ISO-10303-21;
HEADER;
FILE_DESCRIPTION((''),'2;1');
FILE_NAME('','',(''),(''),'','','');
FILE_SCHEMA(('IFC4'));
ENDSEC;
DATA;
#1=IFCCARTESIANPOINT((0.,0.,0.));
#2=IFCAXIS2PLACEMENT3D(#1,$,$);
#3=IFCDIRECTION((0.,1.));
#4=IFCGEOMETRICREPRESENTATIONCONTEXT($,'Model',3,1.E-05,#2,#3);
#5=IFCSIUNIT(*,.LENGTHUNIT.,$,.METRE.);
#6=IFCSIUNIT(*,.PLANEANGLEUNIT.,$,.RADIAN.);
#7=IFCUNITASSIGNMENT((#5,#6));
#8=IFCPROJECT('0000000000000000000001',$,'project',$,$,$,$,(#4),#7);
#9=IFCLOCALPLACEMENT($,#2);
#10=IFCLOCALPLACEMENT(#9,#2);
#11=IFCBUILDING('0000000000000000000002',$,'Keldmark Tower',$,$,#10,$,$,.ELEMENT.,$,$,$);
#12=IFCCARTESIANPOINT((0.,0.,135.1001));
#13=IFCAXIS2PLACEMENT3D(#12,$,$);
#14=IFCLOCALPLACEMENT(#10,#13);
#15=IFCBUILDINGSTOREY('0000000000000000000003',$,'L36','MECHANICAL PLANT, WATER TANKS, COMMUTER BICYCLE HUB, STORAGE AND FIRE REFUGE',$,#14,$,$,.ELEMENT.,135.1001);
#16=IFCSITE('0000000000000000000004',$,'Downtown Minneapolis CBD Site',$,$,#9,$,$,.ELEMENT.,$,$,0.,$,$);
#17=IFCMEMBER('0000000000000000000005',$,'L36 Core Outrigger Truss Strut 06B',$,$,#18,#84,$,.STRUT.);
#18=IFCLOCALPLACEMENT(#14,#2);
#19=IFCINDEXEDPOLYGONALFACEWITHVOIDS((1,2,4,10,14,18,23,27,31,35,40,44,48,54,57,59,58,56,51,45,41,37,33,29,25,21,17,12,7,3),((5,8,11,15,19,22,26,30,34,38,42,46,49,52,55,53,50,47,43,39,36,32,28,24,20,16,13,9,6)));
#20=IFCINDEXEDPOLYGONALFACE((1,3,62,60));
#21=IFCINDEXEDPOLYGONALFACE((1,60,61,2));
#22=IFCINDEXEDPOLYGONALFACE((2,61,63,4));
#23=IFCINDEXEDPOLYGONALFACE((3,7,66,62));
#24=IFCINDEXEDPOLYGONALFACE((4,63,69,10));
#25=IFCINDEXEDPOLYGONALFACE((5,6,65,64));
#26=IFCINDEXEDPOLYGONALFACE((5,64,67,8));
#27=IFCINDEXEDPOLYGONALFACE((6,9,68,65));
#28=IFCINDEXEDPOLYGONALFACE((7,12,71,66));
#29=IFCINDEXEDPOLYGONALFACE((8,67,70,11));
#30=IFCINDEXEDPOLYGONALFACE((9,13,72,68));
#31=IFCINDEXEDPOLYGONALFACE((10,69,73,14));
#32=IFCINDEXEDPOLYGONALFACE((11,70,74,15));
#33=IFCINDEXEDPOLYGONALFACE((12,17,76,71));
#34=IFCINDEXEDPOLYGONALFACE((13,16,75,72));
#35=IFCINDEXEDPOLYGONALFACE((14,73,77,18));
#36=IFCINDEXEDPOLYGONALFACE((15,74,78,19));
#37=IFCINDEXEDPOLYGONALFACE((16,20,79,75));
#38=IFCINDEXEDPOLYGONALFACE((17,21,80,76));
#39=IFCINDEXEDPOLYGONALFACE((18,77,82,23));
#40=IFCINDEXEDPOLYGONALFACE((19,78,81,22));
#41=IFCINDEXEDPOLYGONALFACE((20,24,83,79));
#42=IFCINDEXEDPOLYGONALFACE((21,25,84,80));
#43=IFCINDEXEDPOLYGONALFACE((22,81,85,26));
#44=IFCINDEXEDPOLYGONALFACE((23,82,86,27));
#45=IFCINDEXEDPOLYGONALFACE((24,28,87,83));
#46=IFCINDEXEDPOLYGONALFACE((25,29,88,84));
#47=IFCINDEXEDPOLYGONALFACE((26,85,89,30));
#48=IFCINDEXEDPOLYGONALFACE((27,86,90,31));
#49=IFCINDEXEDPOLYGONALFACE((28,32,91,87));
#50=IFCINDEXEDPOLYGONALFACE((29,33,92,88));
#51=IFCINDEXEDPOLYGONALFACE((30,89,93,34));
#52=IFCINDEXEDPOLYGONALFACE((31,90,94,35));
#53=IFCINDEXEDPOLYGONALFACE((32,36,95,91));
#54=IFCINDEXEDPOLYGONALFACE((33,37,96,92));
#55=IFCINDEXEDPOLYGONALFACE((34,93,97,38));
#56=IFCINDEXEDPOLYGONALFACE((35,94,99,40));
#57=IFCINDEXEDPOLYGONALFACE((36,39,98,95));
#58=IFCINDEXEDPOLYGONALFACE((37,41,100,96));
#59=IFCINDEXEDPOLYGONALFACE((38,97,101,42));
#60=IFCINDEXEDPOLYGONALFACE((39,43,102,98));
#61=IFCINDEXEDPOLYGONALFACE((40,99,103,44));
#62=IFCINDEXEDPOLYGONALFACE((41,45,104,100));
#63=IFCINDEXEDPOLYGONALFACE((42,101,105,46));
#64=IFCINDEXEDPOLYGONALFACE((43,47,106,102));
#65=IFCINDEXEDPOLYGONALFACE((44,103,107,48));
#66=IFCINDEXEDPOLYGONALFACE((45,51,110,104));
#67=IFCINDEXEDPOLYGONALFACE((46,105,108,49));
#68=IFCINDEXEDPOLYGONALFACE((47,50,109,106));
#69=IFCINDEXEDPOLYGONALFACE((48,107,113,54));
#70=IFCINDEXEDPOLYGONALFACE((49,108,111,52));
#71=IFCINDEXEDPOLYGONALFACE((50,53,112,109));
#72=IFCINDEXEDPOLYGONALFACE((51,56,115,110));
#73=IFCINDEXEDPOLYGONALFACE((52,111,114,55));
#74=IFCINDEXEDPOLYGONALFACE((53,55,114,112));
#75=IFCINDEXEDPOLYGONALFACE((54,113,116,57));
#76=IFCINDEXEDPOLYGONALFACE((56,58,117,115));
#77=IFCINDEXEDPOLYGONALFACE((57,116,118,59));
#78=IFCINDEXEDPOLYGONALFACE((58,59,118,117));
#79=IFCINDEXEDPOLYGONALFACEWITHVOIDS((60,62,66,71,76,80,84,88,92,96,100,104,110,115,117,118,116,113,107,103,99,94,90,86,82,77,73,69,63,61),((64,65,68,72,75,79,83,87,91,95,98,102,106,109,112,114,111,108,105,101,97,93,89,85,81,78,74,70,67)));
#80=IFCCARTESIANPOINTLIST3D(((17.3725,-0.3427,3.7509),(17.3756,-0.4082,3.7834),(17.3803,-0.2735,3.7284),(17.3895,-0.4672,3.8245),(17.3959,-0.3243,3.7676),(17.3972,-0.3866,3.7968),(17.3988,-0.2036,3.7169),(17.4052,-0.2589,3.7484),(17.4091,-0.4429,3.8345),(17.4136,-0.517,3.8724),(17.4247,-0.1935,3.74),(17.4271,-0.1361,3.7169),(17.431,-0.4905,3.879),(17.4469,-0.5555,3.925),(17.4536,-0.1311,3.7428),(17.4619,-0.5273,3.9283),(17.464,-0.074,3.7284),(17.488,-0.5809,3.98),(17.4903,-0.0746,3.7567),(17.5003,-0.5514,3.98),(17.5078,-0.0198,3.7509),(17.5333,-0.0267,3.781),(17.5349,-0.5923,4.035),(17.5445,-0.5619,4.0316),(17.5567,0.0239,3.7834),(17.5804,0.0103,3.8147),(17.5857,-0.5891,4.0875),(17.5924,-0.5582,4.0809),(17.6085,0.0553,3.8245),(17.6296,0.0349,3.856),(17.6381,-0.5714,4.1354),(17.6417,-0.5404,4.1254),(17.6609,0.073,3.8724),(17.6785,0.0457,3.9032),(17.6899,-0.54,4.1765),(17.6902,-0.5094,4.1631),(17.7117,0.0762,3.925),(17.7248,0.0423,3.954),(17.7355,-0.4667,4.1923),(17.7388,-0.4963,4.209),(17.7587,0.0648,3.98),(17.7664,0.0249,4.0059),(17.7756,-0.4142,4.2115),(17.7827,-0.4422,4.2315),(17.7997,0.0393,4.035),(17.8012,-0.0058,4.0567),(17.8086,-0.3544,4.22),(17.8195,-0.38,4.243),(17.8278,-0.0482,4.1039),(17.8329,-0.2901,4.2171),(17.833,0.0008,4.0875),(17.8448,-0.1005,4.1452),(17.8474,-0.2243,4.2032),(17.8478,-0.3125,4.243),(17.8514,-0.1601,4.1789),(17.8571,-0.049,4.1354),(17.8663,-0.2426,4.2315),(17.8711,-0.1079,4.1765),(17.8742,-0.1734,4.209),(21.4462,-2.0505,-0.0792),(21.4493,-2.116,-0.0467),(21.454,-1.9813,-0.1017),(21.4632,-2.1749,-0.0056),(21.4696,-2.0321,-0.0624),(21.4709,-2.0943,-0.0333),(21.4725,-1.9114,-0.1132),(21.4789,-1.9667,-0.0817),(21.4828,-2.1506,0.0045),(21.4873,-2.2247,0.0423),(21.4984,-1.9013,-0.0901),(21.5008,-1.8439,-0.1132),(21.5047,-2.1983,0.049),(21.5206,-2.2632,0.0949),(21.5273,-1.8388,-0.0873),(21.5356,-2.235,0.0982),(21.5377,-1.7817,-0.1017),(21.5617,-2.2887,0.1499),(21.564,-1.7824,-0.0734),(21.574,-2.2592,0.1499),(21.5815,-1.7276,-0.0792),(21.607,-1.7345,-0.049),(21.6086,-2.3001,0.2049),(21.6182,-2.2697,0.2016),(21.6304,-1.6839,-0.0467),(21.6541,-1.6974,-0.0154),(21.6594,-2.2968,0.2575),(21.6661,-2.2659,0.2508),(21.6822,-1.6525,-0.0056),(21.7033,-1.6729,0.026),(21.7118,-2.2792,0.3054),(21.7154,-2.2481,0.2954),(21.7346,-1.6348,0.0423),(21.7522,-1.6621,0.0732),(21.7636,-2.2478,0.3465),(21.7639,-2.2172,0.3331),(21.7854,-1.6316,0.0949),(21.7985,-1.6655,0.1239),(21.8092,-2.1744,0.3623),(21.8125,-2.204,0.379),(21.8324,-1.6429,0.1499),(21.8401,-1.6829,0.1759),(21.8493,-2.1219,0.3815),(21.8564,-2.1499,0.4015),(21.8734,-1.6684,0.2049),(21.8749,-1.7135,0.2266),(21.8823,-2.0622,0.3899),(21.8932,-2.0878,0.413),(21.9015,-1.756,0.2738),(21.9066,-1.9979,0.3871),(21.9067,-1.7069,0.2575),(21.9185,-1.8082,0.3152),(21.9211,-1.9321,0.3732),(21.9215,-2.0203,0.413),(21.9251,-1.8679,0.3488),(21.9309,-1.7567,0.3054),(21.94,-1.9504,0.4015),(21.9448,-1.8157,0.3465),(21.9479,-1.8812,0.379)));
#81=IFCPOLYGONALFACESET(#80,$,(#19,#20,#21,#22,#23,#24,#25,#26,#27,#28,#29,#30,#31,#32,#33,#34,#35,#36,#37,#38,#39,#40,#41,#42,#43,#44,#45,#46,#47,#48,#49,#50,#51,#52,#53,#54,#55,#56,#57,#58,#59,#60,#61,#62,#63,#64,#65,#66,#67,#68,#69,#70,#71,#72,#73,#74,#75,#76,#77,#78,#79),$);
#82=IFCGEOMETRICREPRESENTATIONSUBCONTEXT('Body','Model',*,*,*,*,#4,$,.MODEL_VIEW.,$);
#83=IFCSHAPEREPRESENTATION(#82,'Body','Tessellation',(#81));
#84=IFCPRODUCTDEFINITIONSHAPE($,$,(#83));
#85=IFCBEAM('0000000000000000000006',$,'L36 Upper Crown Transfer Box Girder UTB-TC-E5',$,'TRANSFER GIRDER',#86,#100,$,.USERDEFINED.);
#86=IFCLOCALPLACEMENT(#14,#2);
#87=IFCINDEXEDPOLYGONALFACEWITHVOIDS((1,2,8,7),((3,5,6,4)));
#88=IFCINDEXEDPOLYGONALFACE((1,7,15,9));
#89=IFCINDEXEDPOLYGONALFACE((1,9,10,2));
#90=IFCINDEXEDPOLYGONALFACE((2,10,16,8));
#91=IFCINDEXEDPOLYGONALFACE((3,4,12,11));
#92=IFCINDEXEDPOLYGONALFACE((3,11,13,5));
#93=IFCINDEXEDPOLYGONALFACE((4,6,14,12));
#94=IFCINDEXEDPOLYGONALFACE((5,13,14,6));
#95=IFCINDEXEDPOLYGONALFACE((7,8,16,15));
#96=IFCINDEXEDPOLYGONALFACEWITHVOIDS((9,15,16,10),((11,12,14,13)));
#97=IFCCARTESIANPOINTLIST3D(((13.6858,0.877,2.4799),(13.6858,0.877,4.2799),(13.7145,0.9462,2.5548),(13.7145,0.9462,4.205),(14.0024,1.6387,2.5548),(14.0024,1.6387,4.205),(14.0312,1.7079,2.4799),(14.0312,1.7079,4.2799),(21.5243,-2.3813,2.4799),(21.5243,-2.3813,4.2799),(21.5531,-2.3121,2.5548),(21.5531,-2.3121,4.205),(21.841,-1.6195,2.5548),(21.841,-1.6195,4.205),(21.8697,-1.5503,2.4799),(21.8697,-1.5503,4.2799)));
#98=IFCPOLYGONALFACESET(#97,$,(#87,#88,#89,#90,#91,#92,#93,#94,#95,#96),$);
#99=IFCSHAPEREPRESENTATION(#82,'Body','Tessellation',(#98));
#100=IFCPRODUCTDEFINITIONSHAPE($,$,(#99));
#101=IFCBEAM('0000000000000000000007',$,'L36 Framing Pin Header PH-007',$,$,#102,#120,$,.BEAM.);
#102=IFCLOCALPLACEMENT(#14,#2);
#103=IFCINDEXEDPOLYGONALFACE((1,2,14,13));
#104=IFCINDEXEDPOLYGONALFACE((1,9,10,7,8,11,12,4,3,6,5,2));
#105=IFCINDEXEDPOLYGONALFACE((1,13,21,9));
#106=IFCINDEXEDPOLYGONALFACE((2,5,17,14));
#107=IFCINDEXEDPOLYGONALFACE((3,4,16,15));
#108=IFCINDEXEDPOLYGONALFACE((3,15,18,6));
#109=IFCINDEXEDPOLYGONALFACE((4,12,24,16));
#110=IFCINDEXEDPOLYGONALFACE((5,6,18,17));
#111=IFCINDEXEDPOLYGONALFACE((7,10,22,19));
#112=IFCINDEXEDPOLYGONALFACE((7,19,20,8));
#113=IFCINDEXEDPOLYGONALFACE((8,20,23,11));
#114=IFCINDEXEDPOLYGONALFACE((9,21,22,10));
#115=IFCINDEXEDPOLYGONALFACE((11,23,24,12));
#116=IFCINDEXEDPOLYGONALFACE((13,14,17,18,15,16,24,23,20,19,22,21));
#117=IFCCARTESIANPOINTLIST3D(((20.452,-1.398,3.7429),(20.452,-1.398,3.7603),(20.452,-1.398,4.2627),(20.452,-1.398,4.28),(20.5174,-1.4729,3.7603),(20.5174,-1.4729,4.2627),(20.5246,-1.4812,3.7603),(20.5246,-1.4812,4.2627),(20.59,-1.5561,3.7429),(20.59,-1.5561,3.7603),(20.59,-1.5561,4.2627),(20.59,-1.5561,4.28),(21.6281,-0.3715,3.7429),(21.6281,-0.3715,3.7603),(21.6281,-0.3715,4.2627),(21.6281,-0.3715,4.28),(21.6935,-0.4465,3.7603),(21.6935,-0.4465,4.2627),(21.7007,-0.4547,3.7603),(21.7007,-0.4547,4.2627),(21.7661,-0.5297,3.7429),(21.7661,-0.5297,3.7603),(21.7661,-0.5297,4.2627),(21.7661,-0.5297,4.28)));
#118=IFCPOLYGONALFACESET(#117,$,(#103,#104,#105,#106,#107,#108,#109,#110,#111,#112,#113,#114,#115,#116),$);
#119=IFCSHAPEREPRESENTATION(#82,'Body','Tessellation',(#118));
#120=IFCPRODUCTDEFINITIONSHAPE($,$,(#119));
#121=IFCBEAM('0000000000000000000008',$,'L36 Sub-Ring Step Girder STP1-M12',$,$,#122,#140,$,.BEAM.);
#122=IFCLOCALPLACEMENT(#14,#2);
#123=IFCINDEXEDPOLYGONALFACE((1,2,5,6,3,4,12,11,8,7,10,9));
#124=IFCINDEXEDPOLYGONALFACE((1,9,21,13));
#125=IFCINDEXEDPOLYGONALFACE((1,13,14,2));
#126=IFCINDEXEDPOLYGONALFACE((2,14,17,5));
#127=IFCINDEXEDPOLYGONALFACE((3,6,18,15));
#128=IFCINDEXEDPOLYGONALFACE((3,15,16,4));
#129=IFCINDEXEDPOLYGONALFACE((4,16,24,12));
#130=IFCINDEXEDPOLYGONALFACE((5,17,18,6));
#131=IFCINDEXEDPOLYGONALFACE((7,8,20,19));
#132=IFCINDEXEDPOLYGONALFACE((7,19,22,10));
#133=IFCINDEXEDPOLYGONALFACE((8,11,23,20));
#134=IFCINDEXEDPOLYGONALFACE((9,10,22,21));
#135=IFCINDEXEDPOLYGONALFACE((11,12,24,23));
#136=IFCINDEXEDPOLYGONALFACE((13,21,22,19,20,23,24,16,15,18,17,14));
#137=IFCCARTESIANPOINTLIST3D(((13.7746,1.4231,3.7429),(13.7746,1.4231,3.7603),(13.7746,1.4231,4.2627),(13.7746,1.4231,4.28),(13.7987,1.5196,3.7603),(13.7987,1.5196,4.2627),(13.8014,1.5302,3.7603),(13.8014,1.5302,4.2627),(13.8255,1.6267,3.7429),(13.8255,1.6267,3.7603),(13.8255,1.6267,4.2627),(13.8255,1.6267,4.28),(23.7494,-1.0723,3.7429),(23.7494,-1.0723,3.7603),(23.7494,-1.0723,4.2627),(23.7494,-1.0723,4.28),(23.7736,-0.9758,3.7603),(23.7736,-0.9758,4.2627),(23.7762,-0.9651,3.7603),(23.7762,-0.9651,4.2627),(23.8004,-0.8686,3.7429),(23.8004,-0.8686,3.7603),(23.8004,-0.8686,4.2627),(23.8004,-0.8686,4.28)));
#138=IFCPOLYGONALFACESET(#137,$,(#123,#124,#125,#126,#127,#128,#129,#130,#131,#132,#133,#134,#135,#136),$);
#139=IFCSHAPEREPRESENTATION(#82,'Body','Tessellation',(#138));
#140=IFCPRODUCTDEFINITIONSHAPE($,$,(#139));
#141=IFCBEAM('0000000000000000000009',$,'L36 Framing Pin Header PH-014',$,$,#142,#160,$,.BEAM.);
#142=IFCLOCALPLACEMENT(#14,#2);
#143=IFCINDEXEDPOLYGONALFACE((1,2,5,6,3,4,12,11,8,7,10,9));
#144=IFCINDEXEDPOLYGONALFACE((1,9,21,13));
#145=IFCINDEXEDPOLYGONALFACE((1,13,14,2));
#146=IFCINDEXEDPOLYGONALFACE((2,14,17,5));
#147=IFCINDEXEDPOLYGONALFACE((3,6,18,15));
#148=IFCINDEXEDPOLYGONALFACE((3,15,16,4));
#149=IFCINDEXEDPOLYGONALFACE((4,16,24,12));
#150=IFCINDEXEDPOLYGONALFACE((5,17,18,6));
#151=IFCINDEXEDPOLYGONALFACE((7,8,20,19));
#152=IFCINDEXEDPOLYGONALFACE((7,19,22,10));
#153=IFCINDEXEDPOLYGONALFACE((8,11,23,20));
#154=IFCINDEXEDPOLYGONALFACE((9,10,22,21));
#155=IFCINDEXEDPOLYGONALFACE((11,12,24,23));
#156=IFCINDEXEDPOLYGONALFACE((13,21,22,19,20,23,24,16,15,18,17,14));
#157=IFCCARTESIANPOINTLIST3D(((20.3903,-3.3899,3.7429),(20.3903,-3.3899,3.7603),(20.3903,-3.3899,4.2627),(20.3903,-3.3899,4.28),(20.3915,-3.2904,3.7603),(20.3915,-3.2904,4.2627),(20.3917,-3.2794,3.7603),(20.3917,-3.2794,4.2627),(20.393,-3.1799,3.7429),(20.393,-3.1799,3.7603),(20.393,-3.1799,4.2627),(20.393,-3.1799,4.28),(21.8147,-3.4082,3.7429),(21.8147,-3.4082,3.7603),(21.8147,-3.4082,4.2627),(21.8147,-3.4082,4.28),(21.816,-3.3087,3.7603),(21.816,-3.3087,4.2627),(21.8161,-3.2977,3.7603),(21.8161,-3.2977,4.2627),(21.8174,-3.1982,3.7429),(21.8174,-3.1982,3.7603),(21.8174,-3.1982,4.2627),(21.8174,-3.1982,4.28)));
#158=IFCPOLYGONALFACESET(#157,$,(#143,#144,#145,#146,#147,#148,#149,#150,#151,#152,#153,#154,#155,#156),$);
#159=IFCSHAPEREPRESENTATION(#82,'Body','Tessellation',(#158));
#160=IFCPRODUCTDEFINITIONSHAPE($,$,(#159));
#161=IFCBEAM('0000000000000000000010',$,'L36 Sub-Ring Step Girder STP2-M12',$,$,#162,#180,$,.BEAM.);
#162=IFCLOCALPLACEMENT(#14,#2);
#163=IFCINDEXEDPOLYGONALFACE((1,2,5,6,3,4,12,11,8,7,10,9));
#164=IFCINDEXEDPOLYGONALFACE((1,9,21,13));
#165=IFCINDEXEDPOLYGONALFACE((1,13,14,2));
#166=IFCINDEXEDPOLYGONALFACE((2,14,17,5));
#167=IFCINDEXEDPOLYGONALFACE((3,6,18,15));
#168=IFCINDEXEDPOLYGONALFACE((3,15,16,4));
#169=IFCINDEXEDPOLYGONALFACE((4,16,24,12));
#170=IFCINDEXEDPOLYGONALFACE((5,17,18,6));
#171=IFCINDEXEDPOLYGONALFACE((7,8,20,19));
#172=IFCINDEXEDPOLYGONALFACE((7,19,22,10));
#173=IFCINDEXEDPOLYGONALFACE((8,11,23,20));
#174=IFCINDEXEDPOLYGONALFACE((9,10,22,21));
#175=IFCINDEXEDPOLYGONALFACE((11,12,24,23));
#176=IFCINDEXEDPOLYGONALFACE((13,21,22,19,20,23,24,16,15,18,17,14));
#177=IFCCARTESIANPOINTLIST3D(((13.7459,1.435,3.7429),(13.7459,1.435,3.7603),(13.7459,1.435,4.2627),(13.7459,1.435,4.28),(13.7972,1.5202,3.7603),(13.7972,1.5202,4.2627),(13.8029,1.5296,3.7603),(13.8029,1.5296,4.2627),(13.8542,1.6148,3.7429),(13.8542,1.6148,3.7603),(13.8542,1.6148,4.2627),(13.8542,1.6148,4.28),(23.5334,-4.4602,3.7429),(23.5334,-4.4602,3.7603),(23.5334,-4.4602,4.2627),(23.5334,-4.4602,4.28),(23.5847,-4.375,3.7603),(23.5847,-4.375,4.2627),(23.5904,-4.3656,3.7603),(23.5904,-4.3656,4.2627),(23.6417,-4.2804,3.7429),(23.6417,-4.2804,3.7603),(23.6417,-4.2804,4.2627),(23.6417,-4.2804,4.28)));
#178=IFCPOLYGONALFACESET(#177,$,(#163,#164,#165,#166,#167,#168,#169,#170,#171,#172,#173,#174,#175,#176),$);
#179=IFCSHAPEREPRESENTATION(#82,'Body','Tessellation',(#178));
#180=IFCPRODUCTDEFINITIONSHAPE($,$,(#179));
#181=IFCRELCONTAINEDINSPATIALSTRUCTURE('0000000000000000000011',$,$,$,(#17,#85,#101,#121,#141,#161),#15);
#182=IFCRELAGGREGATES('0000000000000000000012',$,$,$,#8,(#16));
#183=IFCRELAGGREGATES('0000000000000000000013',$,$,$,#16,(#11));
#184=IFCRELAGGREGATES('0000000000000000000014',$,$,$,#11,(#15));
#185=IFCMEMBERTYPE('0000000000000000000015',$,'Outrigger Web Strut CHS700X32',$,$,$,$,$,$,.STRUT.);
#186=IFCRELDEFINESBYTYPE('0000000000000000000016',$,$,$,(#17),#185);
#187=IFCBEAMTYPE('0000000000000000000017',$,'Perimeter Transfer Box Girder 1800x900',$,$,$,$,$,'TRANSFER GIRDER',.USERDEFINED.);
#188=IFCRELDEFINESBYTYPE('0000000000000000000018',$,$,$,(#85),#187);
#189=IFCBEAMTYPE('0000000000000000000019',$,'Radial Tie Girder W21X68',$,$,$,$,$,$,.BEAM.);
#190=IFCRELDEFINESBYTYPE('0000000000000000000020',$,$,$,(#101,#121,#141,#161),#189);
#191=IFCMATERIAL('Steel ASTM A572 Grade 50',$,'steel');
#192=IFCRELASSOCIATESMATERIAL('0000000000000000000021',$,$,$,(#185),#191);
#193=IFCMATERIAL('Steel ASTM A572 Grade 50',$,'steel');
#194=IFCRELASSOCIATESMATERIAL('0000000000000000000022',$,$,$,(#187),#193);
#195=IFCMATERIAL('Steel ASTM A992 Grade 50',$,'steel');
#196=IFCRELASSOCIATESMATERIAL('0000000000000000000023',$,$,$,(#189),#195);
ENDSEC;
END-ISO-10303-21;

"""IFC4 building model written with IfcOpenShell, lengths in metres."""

from ifc_helpers import new_model, si_unit, direction, frame, origin, origin_2d, place, context, subcontext, project, spatial, hollow_rectangle, hollow_circle, i_section, extrude, material, material_profile, profile_set, type_object, element, save


model = new_model("IFC4")

# Units and contexts
model_context = context("Model", 3, precision=1e-05, world=origin(), true_north=direction((0.0, 1.0)))
body_context = subcontext(model_context, "Body", "Model", "MODEL_VIEW")
ifc_project = project(units=[si_unit("LENGTHUNIT", "METRE"), si_unit("PLANEANGLEUNIT", "RADIAN")], contexts=[model_context])

# Site, building, storey
site_placement = place(None, origin())
site = spatial("IfcSite", under=ifc_project, at=site_placement, Name="Downtown Minneapolis CBD Site", CompositionType="ELEMENT", RefElevation=0.0)
building_placement = place(site_placement, origin())
building = spatial("IfcBuilding", under=site, at=building_placement, Name="Keldmark Tower", CompositionType="ELEMENT")
storey_placement = place(building_placement, frame((0.0, 0.0, 135.1001)))
storey = spatial("IfcBuildingStorey", under=building, at=storey_placement, Name="L36", Description="MECHANICAL PLANT, WATER TANKS, COMMUTER BICYCLE HUB, STORAGE AND FIRE REFUGE", CompositionType="ELEMENT", Elevation=135.1001)

# Member
ifc_material_1 = material(Name="Steel ASTM A572 Grade 50", Category="steel")
ifc_material_profile_1 = material_profile(ifc_material_1, hollow_circle(Radius=0.3501, WallThickness=0.032, at=origin_2d()), Name="CHS700X32")
ifc_profile_set_1 = profile_set([ifc_material_profile_1], Name="Steel ASTM A572 Grade 50")
member_type_1 = type_object("IfcMemberType", Name="Outrigger Web Strut CHS700X32", PredefinedType="STRUT", material=ifc_profile_set_1)
member_1_placement = place(storey_placement, frame((21.697, -1.9658, 0.1499), z_axis=(-0.696784, 0.292102, 0.655109), x_axis=(-0.386616, -0.922241, 0.0)))
element("IfcMember", 1, at=member_1_placement, inside=storey, type_object=member_type_1, Name="L36 Core Outrigger Truss Strut 06B", PredefinedType="STRUT", context=body_context, shape_type="SweptSolid", body=[
    extrude(hollow_circle(Radius=0.3501, WallThickness=0.032, at=origin_2d()), origin(), (0.0, 0.0, 1.0), 5.8464),
])

# Beams
ifc_material_2 = material(Name="Steel ASTM A572 Grade 50", Category="steel")
ifc_material_profile_2 = material_profile(ifc_material_2, hollow_rectangle(XDim=0.8999, YDim=1.8, WallThickness=0.075, at=origin_2d()), Name="TBOX1800X900X75")
ifc_profile_set_2 = profile_set([ifc_material_profile_2], Name="Steel ASTM A572 Grade 50")
beam_type_1 = type_object("IfcBeamType", Name="Perimeter Transfer Box Girder 1800x900", ElementType="TRANSFER GIRDER", PredefinedType="USERDEFINED", material=ifc_profile_set_2)
beam_1_placement = place(storey_placement, frame((21.697, -1.9658, 3.3799), z_axis=(-0.923402, 0.383833, 0.0), x_axis=(-0.383833, -0.923402, 0.0)))
element("IfcBeam", 2, at=beam_1_placement, inside=storey, type_object=beam_type_1, Name="L36 Upper Crown Transfer Box Girder UTB-TC-E5", ObjectType="TRANSFER GIRDER", PredefinedType="USERDEFINED", context=body_context, shape_type="SweptSolid", body=[
    extrude(hollow_rectangle(XDim=0.8999, YDim=1.8, WallThickness=0.075, at=origin_2d()), origin(), (0.0, 0.0, 1.0), 8.4888),
])
ifc_material_3 = material(Name="Steel ASTM A992 Grade 50", Category="steel")
ifc_material_profile_3 = material_profile(ifc_material_3, i_section(OverallWidth=0.21, OverallDepth=0.5371, WebThickness=0.011, FlangeThickness=0.0173, at=origin_2d()), Name="W21X68")
ifc_profile_set_3 = profile_set([ifc_material_profile_3], Name="Steel ASTM A992 Grade 50")
beam_type_2 = type_object("IfcBeamType", Name="Radial Tie Girder W21X68", PredefinedType="BEAM", material=ifc_profile_set_3)
beam_2_placement = place(storey_placement, frame((20.521, -1.4771, 4.0115), z_axis=(0.753419, 0.657541, 0.0), x_axis=(-0.657541, 0.753419, 0.0)))
element("IfcBeam", 3, at=beam_2_placement, inside=storey, type_object=beam_type_2, Name="L36 Framing Pin Header PH-007", PredefinedType="BEAM", context=body_context, shape_type="SweptSolid", body=[
    extrude(i_section(OverallWidth=0.21, OverallDepth=0.5371, WebThickness=0.011, FlangeThickness=0.0173, at=origin_2d()), origin(), (0.0, 0.0, 1.0), 1.561),
])
beam_3_placement = place(storey_placement, frame((13.8, 1.5249, 4.0115), z_axis=(0.970105, -0.242686, 0.0), x_axis=(0.242686, 0.970105, 0.0)))
element("IfcBeam", 4, at=beam_3_placement, inside=storey, type_object=beam_type_2, Name="L36 Sub-Ring Step Girder STP1-M12", PredefinedType="BEAM", context=body_context, shape_type="SweptSolid", body=[
    extrude(i_section(OverallWidth=0.21, OverallDepth=0.5371, WebThickness=0.011, FlangeThickness=0.0173, at=origin_2d()), origin(), (0.0, 0.0, 1.0), 10.2822),
])
beam_4_placement = place(storey_placement, frame((20.3916, -3.2849, 4.0115), z_axis=(0.999917, -0.012852, 0.0), x_axis=(0.012852, 0.999917, 0.0)))
element("IfcBeam", 5, at=beam_4_placement, inside=storey, type_object=beam_type_2, Name="L36 Framing Pin Header PH-014", PredefinedType="BEAM", context=body_context, shape_type="SweptSolid", body=[
    extrude(i_section(OverallWidth=0.21, OverallDepth=0.5371, WebThickness=0.011, FlangeThickness=0.0173, at=origin_2d()), origin(), (0.0, 0.0, 1.0), 1.4246),
])
beam_5_placement = place(storey_placement, frame((13.8, 1.5249, 4.0115), z_axis=(0.856615, -0.515956, 0.0), x_axis=(0.515956, 0.856615, 0.0)))
element("IfcBeam", 6, at=beam_5_placement, inside=storey, type_object=beam_type_2, Name="L36 Sub-Ring Step Girder STP2-M12", PredefinedType="BEAM", context=body_context, shape_type="SweptSolid", body=[
    extrude(i_section(OverallWidth=0.21, OverallDepth=0.5371, WebThickness=0.011, FlangeThickness=0.0173, at=origin_2d()), origin(), (0.0, 0.0, 1.0), 11.4258),
])

save(model, "model.ifc")
